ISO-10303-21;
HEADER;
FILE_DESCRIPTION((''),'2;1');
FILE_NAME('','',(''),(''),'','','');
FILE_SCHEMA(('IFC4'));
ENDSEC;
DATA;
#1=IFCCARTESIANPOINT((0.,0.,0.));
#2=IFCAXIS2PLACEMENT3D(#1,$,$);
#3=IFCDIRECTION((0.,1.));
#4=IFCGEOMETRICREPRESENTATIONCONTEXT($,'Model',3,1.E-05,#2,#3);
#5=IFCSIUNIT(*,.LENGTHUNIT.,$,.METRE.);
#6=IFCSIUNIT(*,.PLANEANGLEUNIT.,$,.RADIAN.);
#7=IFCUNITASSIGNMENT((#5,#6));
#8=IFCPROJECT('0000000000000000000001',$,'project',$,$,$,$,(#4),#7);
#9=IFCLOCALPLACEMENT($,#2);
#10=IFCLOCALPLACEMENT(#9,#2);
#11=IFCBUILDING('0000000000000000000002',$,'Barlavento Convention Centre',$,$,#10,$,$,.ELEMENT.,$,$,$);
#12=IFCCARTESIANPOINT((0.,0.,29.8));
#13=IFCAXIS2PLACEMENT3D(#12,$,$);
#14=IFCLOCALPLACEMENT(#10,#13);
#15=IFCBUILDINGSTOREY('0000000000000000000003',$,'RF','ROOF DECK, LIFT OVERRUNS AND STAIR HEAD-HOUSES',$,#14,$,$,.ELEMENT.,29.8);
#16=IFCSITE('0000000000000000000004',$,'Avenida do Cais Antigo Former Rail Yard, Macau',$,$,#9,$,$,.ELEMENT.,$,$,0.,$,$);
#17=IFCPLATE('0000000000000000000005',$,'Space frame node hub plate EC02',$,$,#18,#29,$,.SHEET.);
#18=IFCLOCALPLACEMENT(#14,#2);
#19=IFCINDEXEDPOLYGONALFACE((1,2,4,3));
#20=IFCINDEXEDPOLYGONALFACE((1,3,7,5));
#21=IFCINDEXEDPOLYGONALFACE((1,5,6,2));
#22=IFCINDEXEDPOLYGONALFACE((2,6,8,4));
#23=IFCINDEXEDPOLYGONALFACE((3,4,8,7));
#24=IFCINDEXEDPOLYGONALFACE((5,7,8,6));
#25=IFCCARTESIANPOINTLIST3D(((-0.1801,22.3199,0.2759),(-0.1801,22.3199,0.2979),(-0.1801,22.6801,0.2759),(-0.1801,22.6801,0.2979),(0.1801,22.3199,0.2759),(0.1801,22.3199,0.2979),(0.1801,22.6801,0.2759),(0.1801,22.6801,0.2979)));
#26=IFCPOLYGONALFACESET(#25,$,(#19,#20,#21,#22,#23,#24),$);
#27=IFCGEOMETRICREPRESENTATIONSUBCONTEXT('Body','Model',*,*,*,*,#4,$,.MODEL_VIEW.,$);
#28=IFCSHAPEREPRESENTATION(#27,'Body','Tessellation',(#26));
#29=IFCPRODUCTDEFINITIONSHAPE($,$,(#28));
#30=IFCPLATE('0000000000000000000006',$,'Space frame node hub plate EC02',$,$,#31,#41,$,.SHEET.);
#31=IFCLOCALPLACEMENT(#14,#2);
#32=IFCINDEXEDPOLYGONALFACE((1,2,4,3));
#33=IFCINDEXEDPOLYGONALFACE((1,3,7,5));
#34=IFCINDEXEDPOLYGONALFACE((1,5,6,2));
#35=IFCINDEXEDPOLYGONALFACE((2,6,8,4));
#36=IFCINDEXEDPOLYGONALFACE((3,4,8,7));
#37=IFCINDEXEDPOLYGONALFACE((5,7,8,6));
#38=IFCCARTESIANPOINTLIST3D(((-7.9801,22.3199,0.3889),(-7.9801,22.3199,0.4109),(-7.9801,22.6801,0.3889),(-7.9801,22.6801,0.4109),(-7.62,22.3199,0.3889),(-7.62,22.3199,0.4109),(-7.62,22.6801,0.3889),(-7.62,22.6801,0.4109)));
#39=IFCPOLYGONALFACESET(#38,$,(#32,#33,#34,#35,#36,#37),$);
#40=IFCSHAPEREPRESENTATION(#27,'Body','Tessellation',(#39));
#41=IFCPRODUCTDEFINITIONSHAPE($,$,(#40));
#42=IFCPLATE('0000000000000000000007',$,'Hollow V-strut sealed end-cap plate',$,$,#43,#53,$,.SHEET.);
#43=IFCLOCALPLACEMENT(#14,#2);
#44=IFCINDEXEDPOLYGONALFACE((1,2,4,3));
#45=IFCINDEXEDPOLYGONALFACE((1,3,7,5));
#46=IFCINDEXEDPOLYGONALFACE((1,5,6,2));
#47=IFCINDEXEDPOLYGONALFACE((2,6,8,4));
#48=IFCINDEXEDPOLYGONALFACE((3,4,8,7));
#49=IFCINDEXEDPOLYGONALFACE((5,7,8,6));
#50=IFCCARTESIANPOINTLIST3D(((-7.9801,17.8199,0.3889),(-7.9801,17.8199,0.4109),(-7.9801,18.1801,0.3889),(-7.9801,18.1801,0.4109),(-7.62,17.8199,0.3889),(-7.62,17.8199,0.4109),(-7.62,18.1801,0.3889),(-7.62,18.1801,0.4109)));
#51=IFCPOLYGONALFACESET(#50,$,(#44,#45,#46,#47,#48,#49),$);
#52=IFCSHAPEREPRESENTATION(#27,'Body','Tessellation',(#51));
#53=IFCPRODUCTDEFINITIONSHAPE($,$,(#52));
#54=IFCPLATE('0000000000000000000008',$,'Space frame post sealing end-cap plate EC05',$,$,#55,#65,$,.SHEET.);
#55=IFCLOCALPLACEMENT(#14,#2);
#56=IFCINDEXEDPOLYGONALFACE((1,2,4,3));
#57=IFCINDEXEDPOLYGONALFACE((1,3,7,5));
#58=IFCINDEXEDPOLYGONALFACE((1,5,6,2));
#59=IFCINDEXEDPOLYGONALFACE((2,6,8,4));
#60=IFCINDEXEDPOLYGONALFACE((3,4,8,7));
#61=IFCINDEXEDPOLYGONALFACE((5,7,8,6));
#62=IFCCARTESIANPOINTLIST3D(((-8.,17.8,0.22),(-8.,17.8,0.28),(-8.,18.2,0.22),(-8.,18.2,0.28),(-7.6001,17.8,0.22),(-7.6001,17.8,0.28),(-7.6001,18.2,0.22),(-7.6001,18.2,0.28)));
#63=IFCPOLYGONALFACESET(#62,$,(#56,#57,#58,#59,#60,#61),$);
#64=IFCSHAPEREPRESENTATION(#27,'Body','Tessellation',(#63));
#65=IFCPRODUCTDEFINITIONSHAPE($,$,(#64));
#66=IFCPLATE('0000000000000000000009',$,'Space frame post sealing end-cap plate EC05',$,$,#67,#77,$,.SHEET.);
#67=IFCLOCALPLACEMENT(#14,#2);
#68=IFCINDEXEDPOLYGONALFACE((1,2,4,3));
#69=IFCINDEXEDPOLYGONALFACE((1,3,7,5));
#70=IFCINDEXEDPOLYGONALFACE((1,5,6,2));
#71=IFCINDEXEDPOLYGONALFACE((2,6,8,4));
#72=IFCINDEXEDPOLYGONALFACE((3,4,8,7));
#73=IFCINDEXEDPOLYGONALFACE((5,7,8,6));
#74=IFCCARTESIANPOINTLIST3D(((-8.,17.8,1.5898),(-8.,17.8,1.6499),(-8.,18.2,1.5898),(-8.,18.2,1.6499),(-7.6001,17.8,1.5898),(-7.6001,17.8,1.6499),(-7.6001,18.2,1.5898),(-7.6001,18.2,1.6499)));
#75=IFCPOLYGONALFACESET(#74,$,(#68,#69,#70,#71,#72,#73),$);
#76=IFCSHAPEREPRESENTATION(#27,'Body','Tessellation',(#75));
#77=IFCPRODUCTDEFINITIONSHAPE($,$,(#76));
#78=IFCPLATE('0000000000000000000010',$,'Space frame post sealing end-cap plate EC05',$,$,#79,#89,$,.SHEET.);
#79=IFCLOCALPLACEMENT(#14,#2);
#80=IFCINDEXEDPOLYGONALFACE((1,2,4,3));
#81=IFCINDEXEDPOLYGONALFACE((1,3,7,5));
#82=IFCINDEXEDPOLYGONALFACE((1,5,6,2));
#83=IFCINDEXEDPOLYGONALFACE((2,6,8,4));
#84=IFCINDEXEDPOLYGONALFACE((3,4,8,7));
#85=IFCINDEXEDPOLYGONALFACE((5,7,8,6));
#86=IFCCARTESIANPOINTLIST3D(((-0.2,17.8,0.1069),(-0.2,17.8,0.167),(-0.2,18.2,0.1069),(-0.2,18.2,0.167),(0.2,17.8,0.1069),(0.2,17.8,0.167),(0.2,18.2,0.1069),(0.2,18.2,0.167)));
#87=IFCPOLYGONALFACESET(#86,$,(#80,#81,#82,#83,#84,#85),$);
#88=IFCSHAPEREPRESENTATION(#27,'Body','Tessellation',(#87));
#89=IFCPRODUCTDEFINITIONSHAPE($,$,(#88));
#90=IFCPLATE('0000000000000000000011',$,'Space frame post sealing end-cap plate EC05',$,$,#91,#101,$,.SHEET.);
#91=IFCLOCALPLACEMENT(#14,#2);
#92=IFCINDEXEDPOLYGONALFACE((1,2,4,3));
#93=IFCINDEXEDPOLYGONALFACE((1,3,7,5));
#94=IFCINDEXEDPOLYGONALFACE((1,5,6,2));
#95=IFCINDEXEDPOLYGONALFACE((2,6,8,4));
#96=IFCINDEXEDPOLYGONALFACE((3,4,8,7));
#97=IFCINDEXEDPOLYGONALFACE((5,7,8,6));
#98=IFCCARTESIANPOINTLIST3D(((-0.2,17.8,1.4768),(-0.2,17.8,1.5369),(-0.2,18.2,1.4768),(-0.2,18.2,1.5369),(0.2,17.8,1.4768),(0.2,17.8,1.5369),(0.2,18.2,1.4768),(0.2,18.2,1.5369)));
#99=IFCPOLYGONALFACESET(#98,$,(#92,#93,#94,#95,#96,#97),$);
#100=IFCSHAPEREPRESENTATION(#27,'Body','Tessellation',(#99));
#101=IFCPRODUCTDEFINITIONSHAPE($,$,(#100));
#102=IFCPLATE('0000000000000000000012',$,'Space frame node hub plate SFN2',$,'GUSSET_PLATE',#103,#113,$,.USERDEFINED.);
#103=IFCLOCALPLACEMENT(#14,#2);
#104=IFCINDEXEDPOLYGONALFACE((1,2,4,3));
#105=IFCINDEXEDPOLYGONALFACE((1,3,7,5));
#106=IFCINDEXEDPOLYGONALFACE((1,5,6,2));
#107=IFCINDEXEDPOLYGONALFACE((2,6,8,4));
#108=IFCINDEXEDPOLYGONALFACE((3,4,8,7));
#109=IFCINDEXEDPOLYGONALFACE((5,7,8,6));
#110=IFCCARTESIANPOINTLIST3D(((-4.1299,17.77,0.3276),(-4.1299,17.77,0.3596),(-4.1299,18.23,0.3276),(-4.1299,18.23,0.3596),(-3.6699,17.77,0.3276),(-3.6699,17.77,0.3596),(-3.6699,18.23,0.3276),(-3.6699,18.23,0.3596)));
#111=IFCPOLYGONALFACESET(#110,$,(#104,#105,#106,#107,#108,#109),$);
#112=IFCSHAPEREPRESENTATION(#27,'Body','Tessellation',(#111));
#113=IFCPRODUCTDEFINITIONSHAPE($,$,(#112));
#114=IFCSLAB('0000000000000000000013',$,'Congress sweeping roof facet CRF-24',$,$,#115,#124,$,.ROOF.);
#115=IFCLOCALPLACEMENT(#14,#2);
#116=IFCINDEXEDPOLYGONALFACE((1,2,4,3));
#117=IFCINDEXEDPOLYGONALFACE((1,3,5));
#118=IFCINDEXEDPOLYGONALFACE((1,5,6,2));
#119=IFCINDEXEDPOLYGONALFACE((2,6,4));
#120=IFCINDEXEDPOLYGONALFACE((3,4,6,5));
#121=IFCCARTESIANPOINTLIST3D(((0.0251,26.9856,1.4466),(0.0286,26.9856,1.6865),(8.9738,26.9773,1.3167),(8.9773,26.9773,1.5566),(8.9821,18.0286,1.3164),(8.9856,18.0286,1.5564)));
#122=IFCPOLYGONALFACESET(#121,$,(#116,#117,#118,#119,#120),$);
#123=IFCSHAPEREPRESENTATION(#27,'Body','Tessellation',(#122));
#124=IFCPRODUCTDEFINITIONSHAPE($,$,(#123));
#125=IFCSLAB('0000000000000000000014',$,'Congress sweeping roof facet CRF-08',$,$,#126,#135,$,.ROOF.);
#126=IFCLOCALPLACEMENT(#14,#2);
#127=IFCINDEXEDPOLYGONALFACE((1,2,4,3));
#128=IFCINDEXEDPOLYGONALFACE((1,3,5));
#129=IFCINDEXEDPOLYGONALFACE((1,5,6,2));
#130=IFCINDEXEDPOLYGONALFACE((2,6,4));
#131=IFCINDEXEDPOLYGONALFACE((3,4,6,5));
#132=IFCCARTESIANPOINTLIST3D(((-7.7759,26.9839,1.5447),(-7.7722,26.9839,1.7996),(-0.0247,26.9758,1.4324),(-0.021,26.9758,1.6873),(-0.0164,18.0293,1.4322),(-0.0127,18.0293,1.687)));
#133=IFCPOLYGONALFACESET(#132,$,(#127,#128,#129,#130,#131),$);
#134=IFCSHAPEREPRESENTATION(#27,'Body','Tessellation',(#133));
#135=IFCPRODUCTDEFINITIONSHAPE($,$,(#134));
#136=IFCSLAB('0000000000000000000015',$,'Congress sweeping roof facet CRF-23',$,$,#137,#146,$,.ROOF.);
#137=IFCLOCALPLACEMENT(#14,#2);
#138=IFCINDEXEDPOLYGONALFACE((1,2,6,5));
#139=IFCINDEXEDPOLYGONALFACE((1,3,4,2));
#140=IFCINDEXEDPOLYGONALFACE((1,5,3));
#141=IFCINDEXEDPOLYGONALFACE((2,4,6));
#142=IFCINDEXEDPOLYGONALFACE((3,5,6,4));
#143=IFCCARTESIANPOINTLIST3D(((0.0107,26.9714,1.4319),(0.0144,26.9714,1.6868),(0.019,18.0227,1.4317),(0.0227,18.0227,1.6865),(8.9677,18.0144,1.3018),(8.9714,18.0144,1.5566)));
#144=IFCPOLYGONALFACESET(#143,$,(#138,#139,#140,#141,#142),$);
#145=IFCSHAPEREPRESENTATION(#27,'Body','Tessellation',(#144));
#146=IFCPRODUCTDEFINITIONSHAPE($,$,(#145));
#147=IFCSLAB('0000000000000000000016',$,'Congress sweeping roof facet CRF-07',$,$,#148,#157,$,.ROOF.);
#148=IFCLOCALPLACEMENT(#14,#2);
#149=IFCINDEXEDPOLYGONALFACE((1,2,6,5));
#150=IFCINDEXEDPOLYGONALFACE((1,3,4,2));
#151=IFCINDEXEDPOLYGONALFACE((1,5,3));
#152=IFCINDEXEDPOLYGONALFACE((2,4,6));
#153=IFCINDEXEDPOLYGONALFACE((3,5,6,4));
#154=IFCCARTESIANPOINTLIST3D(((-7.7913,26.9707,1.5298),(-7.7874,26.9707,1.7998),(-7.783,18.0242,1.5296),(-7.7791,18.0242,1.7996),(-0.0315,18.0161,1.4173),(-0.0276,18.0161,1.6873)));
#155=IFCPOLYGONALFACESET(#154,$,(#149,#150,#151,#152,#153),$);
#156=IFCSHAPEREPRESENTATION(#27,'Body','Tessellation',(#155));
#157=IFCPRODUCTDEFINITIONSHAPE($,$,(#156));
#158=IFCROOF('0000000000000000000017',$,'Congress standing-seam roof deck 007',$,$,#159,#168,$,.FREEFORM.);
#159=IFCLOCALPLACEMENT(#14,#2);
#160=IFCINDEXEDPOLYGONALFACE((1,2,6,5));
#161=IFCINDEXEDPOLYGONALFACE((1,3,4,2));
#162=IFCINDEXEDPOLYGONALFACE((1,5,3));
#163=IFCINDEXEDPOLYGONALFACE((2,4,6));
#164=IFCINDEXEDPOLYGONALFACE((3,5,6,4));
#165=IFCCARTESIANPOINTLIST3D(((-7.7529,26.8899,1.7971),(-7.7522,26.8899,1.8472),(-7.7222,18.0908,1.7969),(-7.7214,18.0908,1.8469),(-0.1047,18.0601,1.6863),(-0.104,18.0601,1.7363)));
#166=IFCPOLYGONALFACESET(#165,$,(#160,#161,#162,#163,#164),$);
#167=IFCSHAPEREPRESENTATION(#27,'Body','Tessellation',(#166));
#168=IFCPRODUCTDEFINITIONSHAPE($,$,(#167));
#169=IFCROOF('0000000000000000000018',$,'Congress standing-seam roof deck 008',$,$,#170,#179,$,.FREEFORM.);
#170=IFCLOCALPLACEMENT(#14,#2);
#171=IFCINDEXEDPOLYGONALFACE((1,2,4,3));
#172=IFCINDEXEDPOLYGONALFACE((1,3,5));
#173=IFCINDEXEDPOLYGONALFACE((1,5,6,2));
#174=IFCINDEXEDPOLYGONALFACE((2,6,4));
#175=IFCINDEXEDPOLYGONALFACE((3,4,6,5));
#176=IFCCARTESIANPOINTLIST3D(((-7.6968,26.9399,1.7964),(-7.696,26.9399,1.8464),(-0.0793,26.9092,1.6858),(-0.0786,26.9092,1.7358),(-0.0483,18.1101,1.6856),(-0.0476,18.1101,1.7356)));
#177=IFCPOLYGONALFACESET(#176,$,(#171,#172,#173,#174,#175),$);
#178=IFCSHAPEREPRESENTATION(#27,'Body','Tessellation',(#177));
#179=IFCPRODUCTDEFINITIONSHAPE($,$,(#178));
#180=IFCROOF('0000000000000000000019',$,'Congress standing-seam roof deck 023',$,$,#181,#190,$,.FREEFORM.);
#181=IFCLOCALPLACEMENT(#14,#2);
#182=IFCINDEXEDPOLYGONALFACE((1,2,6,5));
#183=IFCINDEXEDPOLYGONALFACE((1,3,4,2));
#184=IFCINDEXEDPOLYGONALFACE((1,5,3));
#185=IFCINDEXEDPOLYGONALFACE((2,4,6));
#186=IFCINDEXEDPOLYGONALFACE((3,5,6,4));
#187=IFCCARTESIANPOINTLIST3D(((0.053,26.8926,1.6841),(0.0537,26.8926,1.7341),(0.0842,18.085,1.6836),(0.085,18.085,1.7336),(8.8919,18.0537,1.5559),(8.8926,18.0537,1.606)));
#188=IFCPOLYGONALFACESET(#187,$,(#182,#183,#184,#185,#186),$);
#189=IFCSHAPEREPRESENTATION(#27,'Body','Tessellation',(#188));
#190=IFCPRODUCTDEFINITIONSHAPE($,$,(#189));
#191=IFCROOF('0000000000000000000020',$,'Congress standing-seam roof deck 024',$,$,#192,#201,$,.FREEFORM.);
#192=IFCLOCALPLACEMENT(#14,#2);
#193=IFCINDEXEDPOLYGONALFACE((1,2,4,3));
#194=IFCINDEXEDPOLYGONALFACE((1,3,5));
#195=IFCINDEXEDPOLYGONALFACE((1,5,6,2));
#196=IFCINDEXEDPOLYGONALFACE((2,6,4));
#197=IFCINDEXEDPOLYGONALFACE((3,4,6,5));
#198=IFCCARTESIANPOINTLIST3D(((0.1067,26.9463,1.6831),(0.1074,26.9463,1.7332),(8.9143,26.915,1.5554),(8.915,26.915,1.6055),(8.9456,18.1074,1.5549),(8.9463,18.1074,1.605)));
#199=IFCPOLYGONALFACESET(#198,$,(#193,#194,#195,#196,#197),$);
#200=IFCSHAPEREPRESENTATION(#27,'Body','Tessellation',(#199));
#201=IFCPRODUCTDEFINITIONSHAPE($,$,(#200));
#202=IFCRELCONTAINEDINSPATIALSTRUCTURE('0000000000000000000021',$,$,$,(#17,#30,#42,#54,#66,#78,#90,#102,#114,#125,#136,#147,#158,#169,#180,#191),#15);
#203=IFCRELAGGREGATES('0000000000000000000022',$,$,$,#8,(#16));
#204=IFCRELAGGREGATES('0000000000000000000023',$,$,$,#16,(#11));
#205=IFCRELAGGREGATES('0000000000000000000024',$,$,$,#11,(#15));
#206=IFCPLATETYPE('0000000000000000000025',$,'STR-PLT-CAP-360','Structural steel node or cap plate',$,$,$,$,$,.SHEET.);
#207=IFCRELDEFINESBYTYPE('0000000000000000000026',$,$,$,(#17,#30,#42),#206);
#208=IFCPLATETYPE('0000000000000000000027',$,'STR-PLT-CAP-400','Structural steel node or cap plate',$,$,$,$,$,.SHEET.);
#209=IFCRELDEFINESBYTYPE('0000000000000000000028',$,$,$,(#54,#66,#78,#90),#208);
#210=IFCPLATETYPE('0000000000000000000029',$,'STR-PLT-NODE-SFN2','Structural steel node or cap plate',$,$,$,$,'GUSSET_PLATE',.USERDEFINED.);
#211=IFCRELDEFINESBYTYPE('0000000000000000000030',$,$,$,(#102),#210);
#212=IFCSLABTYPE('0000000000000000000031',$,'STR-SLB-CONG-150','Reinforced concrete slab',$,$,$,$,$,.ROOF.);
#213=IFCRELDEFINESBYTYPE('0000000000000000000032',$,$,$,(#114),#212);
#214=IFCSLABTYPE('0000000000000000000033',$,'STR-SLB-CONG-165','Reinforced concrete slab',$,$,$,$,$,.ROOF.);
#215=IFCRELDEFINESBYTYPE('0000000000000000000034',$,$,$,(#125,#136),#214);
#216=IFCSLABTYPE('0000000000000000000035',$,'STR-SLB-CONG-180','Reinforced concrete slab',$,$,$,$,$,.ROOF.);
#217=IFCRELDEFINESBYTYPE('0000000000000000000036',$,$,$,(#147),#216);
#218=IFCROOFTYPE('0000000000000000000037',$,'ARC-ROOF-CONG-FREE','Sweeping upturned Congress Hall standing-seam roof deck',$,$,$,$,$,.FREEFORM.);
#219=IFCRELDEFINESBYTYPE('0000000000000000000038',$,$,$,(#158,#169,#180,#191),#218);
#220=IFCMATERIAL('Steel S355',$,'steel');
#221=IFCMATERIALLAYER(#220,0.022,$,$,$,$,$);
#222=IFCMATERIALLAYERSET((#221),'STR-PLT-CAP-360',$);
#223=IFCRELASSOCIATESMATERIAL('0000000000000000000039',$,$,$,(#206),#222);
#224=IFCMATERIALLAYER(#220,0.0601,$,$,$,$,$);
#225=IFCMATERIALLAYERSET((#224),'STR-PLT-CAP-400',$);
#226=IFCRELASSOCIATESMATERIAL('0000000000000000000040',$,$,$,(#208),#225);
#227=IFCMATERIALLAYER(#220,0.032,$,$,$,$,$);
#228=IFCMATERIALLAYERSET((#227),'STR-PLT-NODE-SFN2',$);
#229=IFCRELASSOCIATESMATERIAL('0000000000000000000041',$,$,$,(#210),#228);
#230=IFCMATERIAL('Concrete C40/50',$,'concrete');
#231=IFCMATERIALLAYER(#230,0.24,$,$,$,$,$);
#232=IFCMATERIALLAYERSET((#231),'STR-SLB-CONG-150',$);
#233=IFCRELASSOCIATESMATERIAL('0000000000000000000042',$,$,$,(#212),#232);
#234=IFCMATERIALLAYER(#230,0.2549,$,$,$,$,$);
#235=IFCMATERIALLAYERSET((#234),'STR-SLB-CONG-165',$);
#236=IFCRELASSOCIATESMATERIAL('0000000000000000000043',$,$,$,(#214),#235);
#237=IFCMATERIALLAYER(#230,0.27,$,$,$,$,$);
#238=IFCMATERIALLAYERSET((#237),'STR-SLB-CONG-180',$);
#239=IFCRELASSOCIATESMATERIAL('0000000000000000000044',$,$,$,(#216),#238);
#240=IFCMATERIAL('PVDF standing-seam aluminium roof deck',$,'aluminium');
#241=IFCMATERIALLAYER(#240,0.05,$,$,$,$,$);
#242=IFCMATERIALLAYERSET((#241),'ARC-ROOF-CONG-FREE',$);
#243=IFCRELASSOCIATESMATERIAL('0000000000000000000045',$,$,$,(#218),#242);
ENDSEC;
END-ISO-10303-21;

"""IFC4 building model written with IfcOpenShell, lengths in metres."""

from ifc_helpers import new_model, si_unit, direction, frame, origin, origin_2d, place, context, subcontext, project, spatial, polyline, rectangle, outline, extrude, material, layer, layer_set, type_object, element, save


model = new_model("IFC4")

# Units and contexts
model_context = context("Model", 3, precision=1e-05, world=origin(), true_north=direction((0.0, 1.0)))
body_context = subcontext(model_context, "Body", "Model", "MODEL_VIEW")
ifc_project = project(units=[si_unit("LENGTHUNIT", "METRE"), si_unit("PLANEANGLEUNIT", "RADIAN")], contexts=[model_context])

# Site, building, storey
site_placement = place(None, origin())
site = spatial("IfcSite", under=ifc_project, at=site_placement, Name="Avenida do Cais Antigo Former Rail Yard, Macau", CompositionType="ELEMENT", RefElevation=0.0)
building_placement = place(site_placement, origin())
building = spatial("IfcBuilding", under=site, at=building_placement, Name="Barlavento Convention Centre", CompositionType="ELEMENT")
storey_placement = place(building_placement, frame((0.0, 0.0, 29.8)))
storey = spatial("IfcBuildingStorey", under=building, at=storey_placement, Name="RF", Description="ROOF DECK, LIFT OVERRUNS AND STAIR HEAD-HOUSES", CompositionType="ELEMENT", Elevation=29.8)

# Shared definitions
ifc_material_1 = material(Name="Steel S355", Category="steel")

# Plates
ifc_layer_1 = layer(ifc_material_1, 0.022)
ifc_layer_set_1 = layer_set([ifc_layer_1], Name="STR-PLT-CAP-360")
plate_type_1 = type_object("IfcPlateType", Name="STR-PLT-CAP-360", Description="Structural steel node or cap plate", PredefinedType="SHEET", material=ifc_layer_set_1)
for number, where, z_axis, x_axis, name in (
    (1, (0.0, 22.5, 0.2759), (0.0, 0.0, 1.0), (1.0, 0.0, 0.0), "Space frame node hub plate EC02"),
    (2, (-7.8, 22.5, 0.3889), (0.0, 0.0, 1.0), (1.0, 0.0, 0.0), "Space frame node hub plate EC02"),
    (3, (-7.8, 18.0, 0.3889), (0.0, 0.0, 1.0), (1.0, 0.0, 0.0), "Hollow V-strut sealed end-cap plate"),
):
    element("IfcPlate", number, at=place(storey_placement, frame(where, z_axis=z_axis, x_axis=x_axis)), inside=storey, type_object=plate_type_1, Name=name, PredefinedType="SHEET", context=body_context, shape_type="SweptSolid", body=[
        extrude(rectangle(XDim=0.3601, YDim=0.3601, at=origin_2d()), origin(), (0.0, 0.0, 1.0), 0.022),
    ])
ifc_layer_2 = layer(ifc_material_1, 0.0601)
ifc_layer_set_2 = layer_set([ifc_layer_2], Name="STR-PLT-CAP-400")
plate_type_2 = type_object("IfcPlateType", Name="STR-PLT-CAP-400", Description="Structural steel node or cap plate", PredefinedType="SHEET", material=ifc_layer_set_2)
for number, where, z_axis, x_axis, name in (
    (4, (-7.8, 18.0, 0.22), (0.0, 0.0, 1.0), (1.0, 0.0, 0.0), "Space frame post sealing end-cap plate EC05"),
    (5, (-7.8, 18.0, 1.5898), (0.0, 0.0, 1.0), (1.0, 0.0, 0.0), "Space frame post sealing end-cap plate EC05"),
    (6, (0.0, 18.0, 0.1069), (0.0, 0.0, 1.0), (1.0, 0.0, 0.0), "Space frame post sealing end-cap plate EC05"),
    (7, (0.0, 18.0, 1.4768), (0.0, 0.0, 1.0), (1.0, 0.0, 0.0), "Space frame post sealing end-cap plate EC05"),
):
    element("IfcPlate", number, at=place(storey_placement, frame(where, z_axis=z_axis, x_axis=x_axis)), inside=storey, type_object=plate_type_2, Name=name, PredefinedType="SHEET", context=body_context, shape_type="SweptSolid", body=[
        extrude(rectangle(XDim=0.3999, YDim=0.3999, at=origin_2d()), origin(), (0.0, 0.0, 1.0), 0.0601),
    ])
ifc_layer_3 = layer(ifc_material_1, 0.032)
ifc_layer_set_3 = layer_set([ifc_layer_3], Name="STR-PLT-NODE-SFN2")
plate_type_3 = type_object("IfcPlateType", Name="STR-PLT-NODE-SFN2", Description="Structural steel node or cap plate", ElementType="GUSSET_PLATE", PredefinedType="USERDEFINED", material=ifc_layer_set_3)
plate_placement = place(storey_placement, frame((-3.8999, 18.0, 0.3276), z_axis=(0.0, 0.0, 1.0), x_axis=(1.0, 0.0, 0.0)))
element("IfcPlate", 8, at=plate_placement, inside=storey, type_object=plate_type_3, Name="Space frame node hub plate SFN2", ObjectType="GUSSET_PLATE", PredefinedType="USERDEFINED", context=body_context, shape_type="SweptSolid", body=[
    extrude(rectangle(XDim=0.46, YDim=0.46, at=origin_2d()), origin(), (0.0, 0.0, 1.0), 0.032),
])

# Slabs
ifc_material_2 = material(Name="Concrete C40/50", Category="concrete")
ifc_layer_4 = layer(ifc_material_2, 0.24)
ifc_layer_set_4 = layer_set([ifc_layer_4], Name="STR-SLB-CONG-150")
slab_type_1 = type_object("IfcSlabType", Name="STR-SLB-CONG-150", Description="Reinforced concrete slab", PredefinedType="ROOF", material=ifc_layer_set_4)
slab_1_placement = place(storey_placement, frame((8.9856, 18.0286, 1.5564), z_axis=(0.014513, -0.000014, 0.999895), x_axis=(-0.000928, 1.0, 0.000027)))
element("IfcSlab", 9, at=slab_1_placement, inside=storey, type_object=slab_type_1, Name="Congress sweeping roof facet CRF-24", PredefinedType="ROOF", context=body_context, shape_type="SweptSolid", body=[
    extrude(outline(polyline([(0.0, 0.0), (8.9487, 0.0), (8.9653, 8.9497), (0.0, 0.0)])), origin(), (0.0, 0.0, -1.0), 0.24),
])
ifc_layer_5 = layer(ifc_material_2, 0.2549)
ifc_layer_set_5 = layer_set([ifc_layer_5], Name="STR-SLB-CONG-165")
slab_type_2 = type_object("IfcSlabType", Name="STR-SLB-CONG-165", Description="Reinforced concrete slab", PredefinedType="ROOF", material=ifc_layer_set_5)
slab_2_placement = place(storey_placement, frame((-0.0127, 18.0293, 1.687), z_axis=(0.014487, -0.000014, 0.999895), x_axis=(-0.000928, 1.0, 0.000027)))
element("IfcSlab", 10, at=slab_2_placement, inside=storey, type_object=slab_type_2, Name="Congress sweeping roof facet CRF-08", PredefinedType="ROOF", context=body_context, shape_type="SweptSolid", body=[
    extrude(outline(polyline([(0.0, 0.0), (8.9465, 0.0), (8.9618, 7.752), (0.0, 0.0)])), origin(), (0.0, 0.0, -1.0), 0.2549),
])
slab_3_placement = place(storey_placement, frame((0.0227, 18.0227, 1.6865), z_axis=(0.014513, -0.000014, 0.999895), x_axis=(0.999894, -0.000927, -0.014513)))
element("IfcSlab", 11, at=slab_3_placement, inside=storey, type_object=slab_type_2, Name="Congress sweeping roof facet CRF-23", PredefinedType="ROOF", context=body_context, shape_type="SweptSolid", body=[
    extrude(outline(polyline([(0.0, 0.0), (8.9497, 0.0), (-0.0166, 8.9487), (0.0, 0.0)])), origin(), (0.0, 0.0, -1.0), 0.2549),
])
ifc_layer_6 = layer(ifc_material_2, 0.27)
ifc_layer_set_6 = layer_set([ifc_layer_6], Name="STR-SLB-CONG-180")
slab_type_3 = type_object("IfcSlabType", Name="STR-SLB-CONG-180", Description="Reinforced concrete slab", PredefinedType="ROOF", material=ifc_layer_set_6)
slab_4_placement = place(storey_placement, frame((-7.7791, 18.0242, 1.7996), z_axis=(0.014487, -0.000014, 0.999895), x_axis=(0.999895, -0.001039, -0.014487)))
element("IfcSlab", 12, at=slab_4_placement, inside=storey, type_object=slab_type_3, Name="Congress sweeping roof facet CRF-07", PredefinedType="ROOF", context=body_context, shape_type="SweptSolid", body=[
    extrude(outline(polyline([(0.0, 0.0), (7.7523, 0.0), (-0.0176, 8.9465), (0.0, 0.0)])), origin(), (0.0, 0.0, -1.0), 0.27),
])

# Roofs
ifc_material_3 = material(Name="PVDF standing-seam aluminium roof deck", Category="aluminium")
ifc_layer_7 = layer(ifc_material_3, 0.05)
ifc_layer_set_7 = layer_set([ifc_layer_7], Name="ARC-ROOF-CONG-FREE")
roof_type = type_object("IfcRoofType", Name="ARC-ROOF-CONG-FREE", Description="Sweeping upturned Congress Hall standing-seam roof deck", PredefinedType="FREEFORM", material=ifc_layer_set_7)
roof_1_placement = place(storey_placement, frame((-7.7214, 18.0908, 1.8469), z_axis=(0.014517, 0.000023, 0.999895), x_axis=(0.999886, -0.004038, -0.014517)))
element("IfcRoof", 13, at=roof_1_placement, inside=storey, type_object=roof_type, Name="Congress standing-seam roof deck 007", PredefinedType="FREEFORM", context=body_context, shape_type="SweptSolid", body=[
    extrude(outline(polyline([(0.0, 0.0), (7.6183, 0.0), (-0.0663, 8.7989), (0.0, 0.0)])), origin(), (0.0, 0.0, -1.0), 0.05),
])
roof_2_placement = place(storey_placement, frame((-0.0476, 18.1101, 1.7356), z_axis=(0.014517, 0.000023, 0.999895), x_axis=(-0.003524, 0.999994, 0.000028)))
element("IfcRoof", 14, at=roof_2_placement, inside=storey, type_object=roof_type, Name="Congress standing-seam roof deck 008", PredefinedType="FREEFORM", context=body_context, shape_type="SweptSolid", body=[
    extrude(outline(polyline([(0.0, 0.0), (8.7991, 0.0), (8.8567, 7.6181), (0.0, 0.0)])), origin(), (0.0, 0.0, -1.0), 0.05),
])
roof_3_placement = place(storey_placement, frame((0.085, 18.085, 1.7336), z_axis=(0.014496, -0.000004, 0.999895), x_axis=(0.999889, -0.003548, -0.014496)))
element("IfcRoof", 15, at=roof_3_placement, inside=storey, type_object=roof_type, Name="Congress standing-seam roof deck 023", PredefinedType="FREEFORM", context=body_context, shape_type="SweptSolid", body=[
    extrude(outline(polyline([(0.0, 0.0), (8.8086, 0.0), (-0.0625, 8.8075), (0.0, 0.0)])), origin(), (0.0, 0.0, -1.0), 0.05),
])
roof_4_placement = place(storey_placement, frame((8.9463, 18.1074, 1.605), z_axis=(0.014496, -0.000004, 0.999895), x_axis=(-0.003548, 0.999994, 0.000055)))
element("IfcRoof", 16, at=roof_4_placement, inside=storey, type_object=roof_type, Name="Congress standing-seam roof deck 024", PredefinedType="FREEFORM", context=body_context, shape_type="SweptSolid", body=[
    extrude(outline(polyline([(0.0, 0.0), (8.8077, 0.0), (8.8702, 8.8084), (0.0, 0.0)])), origin(), (0.0, 0.0, -1.0), 0.05),
])

save(model, "model.ifc")
